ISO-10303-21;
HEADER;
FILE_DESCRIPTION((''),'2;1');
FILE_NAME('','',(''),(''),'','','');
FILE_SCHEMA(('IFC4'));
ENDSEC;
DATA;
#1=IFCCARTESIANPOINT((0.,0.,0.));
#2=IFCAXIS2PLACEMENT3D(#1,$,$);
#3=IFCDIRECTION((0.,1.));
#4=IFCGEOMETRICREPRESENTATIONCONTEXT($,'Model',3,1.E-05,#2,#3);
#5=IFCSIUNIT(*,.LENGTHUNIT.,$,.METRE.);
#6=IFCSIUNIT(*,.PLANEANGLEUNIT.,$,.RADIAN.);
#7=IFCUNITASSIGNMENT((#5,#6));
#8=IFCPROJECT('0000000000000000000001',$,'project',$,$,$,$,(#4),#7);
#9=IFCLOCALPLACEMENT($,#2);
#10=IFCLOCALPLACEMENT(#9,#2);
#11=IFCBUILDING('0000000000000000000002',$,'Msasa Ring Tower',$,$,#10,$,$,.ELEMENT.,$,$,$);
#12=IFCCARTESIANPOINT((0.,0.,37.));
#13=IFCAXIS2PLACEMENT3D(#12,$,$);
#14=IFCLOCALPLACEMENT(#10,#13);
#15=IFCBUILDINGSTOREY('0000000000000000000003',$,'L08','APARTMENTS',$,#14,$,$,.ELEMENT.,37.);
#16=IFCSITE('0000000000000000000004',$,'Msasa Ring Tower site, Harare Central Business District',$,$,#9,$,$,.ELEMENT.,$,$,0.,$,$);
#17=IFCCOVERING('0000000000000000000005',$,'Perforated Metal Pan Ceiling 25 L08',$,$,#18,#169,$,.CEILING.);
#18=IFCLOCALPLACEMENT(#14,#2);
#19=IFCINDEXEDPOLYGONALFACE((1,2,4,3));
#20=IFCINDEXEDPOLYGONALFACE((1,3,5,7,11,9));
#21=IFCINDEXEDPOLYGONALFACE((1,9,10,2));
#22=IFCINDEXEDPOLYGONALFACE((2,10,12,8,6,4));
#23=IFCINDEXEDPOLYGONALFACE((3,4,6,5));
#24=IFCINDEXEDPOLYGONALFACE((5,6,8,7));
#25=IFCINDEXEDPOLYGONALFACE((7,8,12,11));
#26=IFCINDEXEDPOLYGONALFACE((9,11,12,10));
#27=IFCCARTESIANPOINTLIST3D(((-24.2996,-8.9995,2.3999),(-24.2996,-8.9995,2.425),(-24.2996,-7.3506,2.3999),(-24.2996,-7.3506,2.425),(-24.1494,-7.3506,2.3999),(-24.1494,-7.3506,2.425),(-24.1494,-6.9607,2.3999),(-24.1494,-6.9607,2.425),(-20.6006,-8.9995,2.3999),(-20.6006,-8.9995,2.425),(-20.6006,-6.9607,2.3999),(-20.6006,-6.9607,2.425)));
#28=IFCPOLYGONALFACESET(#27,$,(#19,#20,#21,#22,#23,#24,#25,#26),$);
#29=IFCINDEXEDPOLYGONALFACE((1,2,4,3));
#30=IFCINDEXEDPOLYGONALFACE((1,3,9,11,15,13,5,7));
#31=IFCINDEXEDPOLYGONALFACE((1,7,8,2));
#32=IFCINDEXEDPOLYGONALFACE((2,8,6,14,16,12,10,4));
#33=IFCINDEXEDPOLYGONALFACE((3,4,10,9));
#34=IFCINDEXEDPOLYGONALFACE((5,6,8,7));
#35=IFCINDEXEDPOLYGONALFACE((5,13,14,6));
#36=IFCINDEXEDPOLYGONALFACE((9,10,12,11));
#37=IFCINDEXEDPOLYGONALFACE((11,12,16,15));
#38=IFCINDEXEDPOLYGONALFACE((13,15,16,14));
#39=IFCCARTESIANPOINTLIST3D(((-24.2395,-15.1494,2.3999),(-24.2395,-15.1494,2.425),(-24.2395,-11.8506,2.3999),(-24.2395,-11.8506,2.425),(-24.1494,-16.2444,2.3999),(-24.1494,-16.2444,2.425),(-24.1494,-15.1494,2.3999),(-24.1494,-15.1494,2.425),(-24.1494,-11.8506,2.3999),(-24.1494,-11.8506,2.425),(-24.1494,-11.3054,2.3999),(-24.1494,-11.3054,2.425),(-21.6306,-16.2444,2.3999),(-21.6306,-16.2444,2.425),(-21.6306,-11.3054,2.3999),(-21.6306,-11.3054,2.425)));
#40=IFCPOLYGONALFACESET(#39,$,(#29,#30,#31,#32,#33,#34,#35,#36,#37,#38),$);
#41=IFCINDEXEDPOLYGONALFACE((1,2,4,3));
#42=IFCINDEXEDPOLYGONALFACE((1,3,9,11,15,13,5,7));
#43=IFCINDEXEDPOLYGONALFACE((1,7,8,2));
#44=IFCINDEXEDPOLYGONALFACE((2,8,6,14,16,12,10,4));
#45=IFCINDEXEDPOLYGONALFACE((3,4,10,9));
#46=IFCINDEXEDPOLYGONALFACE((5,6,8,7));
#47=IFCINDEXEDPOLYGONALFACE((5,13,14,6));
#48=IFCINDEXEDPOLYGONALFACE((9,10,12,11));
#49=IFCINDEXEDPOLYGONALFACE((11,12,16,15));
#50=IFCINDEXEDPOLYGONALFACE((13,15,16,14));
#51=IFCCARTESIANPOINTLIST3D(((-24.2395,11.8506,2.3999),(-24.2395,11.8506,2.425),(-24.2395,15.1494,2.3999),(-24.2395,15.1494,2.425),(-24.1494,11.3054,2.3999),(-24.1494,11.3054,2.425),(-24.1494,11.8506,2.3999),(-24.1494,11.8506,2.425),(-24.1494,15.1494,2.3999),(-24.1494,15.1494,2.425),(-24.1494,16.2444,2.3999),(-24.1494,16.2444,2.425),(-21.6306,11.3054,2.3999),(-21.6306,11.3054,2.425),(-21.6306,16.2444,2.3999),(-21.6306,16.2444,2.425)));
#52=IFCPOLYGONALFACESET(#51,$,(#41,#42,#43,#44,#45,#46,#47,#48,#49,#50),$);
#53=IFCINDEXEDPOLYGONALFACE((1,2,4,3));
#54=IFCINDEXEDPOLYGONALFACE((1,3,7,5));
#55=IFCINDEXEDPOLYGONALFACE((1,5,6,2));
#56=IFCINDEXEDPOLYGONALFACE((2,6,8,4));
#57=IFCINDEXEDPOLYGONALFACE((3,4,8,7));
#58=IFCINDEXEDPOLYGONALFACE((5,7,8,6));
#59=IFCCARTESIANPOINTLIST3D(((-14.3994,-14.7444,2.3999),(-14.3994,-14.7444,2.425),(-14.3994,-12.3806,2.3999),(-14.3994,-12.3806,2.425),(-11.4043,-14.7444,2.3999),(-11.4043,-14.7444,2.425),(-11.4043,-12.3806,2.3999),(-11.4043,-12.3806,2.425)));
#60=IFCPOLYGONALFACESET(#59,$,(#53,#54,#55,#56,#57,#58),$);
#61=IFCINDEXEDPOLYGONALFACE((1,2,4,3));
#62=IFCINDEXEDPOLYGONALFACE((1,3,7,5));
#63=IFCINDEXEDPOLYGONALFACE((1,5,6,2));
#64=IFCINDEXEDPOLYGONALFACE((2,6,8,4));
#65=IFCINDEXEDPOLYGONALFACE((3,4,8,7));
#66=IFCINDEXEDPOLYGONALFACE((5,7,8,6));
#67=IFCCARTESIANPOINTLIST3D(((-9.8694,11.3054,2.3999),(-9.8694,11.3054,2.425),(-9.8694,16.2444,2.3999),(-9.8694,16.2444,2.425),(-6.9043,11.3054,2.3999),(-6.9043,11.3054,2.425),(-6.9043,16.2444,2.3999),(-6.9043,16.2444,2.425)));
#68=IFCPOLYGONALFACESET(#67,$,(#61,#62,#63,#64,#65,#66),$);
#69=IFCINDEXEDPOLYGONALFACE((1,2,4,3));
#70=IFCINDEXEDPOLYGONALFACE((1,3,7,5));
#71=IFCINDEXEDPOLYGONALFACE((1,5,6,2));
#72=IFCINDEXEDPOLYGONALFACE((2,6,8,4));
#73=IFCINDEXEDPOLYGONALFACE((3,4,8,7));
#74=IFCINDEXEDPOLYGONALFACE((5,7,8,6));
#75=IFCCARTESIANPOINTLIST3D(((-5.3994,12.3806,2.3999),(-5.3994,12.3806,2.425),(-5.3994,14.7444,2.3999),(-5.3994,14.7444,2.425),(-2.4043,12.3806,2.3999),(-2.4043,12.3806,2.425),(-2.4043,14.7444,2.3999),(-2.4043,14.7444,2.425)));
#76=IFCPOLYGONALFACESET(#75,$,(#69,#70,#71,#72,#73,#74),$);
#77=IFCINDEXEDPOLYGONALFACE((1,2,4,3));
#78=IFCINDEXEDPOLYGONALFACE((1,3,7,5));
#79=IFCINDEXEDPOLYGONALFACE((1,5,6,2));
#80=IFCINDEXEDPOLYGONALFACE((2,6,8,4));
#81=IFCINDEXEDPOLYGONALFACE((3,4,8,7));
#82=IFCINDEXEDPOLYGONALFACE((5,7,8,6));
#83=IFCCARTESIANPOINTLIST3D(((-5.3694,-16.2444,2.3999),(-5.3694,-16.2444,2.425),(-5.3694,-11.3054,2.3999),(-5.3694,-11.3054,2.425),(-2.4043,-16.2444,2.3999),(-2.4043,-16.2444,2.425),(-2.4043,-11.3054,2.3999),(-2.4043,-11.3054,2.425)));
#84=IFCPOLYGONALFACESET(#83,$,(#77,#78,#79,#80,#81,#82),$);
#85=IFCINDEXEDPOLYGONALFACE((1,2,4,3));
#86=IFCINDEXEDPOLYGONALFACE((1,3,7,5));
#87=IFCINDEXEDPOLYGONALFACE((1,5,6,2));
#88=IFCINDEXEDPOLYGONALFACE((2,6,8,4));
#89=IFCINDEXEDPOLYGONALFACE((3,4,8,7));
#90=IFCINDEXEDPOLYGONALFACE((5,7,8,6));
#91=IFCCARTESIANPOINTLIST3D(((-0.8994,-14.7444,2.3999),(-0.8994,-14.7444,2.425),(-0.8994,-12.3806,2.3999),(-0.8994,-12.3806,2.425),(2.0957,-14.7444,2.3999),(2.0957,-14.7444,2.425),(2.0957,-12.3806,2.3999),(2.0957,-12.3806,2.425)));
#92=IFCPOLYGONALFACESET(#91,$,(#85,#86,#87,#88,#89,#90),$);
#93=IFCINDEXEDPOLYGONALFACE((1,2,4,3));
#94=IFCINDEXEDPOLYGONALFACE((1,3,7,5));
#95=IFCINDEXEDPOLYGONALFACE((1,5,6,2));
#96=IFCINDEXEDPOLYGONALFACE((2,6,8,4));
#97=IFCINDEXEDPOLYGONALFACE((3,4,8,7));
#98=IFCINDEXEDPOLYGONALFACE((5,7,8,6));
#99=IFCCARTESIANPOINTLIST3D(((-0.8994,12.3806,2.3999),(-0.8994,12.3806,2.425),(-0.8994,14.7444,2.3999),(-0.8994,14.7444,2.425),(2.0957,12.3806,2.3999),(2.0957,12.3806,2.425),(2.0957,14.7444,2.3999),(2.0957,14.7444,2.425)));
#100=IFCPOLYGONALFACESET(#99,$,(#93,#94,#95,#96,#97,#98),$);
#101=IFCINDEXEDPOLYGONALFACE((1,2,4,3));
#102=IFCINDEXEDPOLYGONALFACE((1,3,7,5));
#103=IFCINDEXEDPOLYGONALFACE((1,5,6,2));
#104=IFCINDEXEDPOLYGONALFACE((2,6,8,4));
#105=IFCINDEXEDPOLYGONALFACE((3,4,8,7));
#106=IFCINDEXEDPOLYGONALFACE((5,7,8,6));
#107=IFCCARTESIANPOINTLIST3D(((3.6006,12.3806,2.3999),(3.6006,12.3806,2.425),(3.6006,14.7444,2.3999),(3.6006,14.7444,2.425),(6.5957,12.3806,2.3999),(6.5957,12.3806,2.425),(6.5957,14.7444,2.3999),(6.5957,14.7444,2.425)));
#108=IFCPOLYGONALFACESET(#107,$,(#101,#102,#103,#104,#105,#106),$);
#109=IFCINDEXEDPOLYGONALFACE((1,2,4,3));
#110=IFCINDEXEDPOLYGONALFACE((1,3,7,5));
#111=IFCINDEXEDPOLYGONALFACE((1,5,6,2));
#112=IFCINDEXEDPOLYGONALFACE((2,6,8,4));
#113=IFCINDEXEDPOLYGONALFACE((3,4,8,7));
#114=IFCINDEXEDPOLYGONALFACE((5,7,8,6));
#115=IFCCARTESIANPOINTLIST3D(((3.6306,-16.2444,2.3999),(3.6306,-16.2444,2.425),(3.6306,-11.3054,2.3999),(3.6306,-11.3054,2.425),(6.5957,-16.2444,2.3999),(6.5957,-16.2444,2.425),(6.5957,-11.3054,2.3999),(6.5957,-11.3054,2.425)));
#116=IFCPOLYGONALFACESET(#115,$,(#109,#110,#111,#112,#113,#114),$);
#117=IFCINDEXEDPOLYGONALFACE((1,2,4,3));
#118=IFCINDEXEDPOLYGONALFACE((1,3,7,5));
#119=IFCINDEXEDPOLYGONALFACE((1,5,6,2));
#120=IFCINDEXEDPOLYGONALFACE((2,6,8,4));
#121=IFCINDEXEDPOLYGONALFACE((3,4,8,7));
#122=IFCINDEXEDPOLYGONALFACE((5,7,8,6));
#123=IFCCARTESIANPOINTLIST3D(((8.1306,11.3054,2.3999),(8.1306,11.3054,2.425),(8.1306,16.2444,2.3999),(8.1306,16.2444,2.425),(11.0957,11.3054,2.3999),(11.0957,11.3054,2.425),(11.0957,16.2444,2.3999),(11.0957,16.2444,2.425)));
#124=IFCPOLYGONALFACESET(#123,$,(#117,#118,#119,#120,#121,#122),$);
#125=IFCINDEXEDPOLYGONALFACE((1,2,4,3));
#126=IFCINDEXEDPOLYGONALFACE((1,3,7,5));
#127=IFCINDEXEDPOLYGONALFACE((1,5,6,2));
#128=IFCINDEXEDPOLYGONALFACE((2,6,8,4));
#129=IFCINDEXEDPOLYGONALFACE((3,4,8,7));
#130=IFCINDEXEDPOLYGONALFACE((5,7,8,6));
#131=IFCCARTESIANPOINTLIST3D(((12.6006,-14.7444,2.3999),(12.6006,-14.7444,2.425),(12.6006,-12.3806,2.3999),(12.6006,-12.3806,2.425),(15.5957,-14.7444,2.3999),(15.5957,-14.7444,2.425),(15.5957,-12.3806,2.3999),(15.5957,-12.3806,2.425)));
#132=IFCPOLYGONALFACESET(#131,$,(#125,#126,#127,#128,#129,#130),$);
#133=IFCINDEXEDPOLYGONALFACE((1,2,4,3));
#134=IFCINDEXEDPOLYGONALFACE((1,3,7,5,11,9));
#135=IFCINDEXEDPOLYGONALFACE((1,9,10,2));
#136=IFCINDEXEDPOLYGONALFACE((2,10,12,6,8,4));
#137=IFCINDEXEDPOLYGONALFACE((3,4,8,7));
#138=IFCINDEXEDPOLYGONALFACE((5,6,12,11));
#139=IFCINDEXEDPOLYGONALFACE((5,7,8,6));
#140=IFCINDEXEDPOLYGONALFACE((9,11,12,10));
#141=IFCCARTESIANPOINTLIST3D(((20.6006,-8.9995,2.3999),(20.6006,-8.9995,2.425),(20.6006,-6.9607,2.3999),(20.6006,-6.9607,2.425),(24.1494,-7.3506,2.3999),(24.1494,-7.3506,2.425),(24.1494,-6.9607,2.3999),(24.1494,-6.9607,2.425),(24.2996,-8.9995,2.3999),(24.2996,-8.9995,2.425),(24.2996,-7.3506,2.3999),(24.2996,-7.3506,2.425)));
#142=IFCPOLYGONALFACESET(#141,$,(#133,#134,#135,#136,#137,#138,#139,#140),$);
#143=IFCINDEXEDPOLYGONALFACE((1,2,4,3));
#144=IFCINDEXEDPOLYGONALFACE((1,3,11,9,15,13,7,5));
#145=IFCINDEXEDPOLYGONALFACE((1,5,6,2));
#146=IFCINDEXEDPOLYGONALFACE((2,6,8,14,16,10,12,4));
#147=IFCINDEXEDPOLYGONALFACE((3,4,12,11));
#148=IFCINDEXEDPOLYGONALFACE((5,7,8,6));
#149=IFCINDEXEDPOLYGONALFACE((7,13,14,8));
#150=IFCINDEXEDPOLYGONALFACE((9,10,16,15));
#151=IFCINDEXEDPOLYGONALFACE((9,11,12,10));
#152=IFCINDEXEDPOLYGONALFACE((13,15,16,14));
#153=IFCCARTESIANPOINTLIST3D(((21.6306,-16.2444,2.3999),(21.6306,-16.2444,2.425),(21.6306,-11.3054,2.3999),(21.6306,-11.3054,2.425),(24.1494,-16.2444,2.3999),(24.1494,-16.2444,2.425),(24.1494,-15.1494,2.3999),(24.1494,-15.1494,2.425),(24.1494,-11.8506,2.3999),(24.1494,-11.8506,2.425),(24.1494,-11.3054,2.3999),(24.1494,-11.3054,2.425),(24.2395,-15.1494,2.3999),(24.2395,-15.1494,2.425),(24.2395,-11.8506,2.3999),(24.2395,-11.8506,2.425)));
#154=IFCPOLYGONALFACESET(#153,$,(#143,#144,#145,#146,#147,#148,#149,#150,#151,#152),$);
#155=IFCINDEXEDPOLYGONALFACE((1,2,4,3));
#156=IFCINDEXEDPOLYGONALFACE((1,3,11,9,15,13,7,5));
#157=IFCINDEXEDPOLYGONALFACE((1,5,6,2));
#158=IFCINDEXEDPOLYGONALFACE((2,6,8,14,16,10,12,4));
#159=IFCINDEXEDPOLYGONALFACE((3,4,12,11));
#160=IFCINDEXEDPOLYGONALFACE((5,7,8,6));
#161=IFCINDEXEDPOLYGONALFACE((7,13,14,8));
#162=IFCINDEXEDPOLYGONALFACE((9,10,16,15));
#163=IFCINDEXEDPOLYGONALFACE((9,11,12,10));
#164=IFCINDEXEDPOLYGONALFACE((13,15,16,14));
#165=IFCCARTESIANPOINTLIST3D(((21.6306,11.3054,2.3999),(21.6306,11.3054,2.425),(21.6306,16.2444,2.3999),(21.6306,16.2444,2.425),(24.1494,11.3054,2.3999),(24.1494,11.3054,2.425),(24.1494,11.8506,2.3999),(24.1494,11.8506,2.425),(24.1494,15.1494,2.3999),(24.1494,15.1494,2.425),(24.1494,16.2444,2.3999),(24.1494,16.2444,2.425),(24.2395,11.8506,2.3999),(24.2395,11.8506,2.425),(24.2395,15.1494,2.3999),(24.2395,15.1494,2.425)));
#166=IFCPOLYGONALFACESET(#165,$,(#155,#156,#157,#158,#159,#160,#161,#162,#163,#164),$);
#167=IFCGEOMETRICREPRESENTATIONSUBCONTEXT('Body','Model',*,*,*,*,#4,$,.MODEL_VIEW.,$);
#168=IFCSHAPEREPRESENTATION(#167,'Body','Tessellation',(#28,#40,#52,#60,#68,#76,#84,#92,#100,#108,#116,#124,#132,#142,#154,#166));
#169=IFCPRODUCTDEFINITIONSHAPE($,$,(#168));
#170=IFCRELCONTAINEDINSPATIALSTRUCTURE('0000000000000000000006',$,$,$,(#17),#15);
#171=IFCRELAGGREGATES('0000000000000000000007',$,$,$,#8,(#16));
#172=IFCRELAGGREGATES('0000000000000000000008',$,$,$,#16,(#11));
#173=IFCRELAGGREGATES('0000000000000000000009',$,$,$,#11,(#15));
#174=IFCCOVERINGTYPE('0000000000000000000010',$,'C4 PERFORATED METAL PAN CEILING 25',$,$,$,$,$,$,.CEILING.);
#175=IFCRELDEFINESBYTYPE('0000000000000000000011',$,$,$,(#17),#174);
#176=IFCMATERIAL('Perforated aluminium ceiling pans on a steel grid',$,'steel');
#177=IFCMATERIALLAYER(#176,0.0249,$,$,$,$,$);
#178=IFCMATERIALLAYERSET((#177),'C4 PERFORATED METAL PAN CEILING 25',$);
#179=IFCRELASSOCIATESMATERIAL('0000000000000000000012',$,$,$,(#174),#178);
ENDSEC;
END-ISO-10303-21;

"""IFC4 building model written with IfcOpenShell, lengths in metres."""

from ifc_helpers import new_model, si_unit, direction, frame, origin, place, context, subcontext, project, spatial, line, indexed_curve, outline, extrude, material, layer, layer_set, type_object, element, save


model = new_model("IFC4")

# Units and contexts
model_context = context("Model", 3, precision=1e-05, world=origin(), true_north=direction((0.0, 1.0)))
body_context = subcontext(model_context, "Body", "Model", "MODEL_VIEW")
ifc_project = project(units=[si_unit("LENGTHUNIT", "METRE"), si_unit("PLANEANGLEUNIT", "RADIAN")], contexts=[model_context])

# Site, building, storey
site_placement = place(None, origin())
site = spatial("IfcSite", under=ifc_project, at=site_placement, Name="Msasa Ring Tower site, Harare Central Business District", CompositionType="ELEMENT", RefElevation=0.0)
building_placement = place(site_placement, origin())
building = spatial("IfcBuilding", under=site, at=building_placement, Name="Msasa Ring Tower", CompositionType="ELEMENT")
storey_placement = place(building_placement, frame((0.0, 0.0, 37.0)))
storey = spatial("IfcBuildingStorey", under=building, at=storey_placement, Name="L08", Description="APARTMENTS", CompositionType="ELEMENT", Elevation=37.0)

# Covering
ifc_material_1 = material(Name="Perforated aluminium ceiling pans on a steel grid", Category="steel")
ifc_layer_1 = layer(ifc_material_1, 0.0249)
ifc_layer_set_1 = layer_set([ifc_layer_1], Name="C4 PERFORATED METAL PAN CEILING 25")
covering_type_1 = type_object("IfcCoveringType", Name="C4 PERFORATED METAL PAN CEILING 25", PredefinedType="CEILING", material=ifc_layer_set_1)
covering_1_placement = place(storey_placement, frame((0.0, 0.0, 2.3999)))
element("IfcCovering", 1, at=covering_1_placement, inside=storey, type_object=covering_type_1, Name="Perforated Metal Pan Ceiling 25 L08", PredefinedType="CEILING", context=body_context, shape_type="SweptSolid", body=[
    extrude(outline(indexed_curve([(-20.6006, -8.9995), (-24.2996, -8.9995), (-24.2996, -7.3506), (-24.1494, -7.3506), (-24.1494, -6.9607), (-20.6006, -6.9607)], segments=[line(1, 2, 3, 4, 5, 6, 1)], self_intersect=False)), origin(), (0.0, 0.0, 1.0), 0.0251),
    extrude(outline(indexed_curve([(-24.2395, -11.8506), (-24.1494, -11.8506), (-24.1494, -11.3054), (-21.6306, -11.3054), (-21.6306, -16.2444), (-24.1494, -16.2444), (-24.1494, -15.1494), (-24.2395, -15.1494)], segments=[line(1, 2, 3, 4, 5, 6, 7, 8, 1)], self_intersect=False)), origin(), (0.0, 0.0, 1.0), 0.0251),
    extrude(outline(indexed_curve([(-24.2395, 15.1494), (-24.1494, 15.1494), (-24.1494, 16.2444), (-21.6306, 16.2444), (-21.6306, 11.3054), (-24.1494, 11.3054), (-24.1494, 11.8506), (-24.2395, 11.8506)], segments=[line(1, 2, 3, 4, 5, 6, 7, 8, 1)], self_intersect=False)), origin(), (0.0, 0.0, 1.0), 0.0251),
    extrude(outline(indexed_curve([(-14.3994, -12.3806), (-11.4043, -12.3806), (-11.4043, -14.7444), (-14.3994, -14.7444)], segments=[line(1, 2, 3, 4, 1)], self_intersect=False)), origin(), (0.0, 0.0, 1.0), 0.0251),
    extrude(outline(indexed_curve([(-9.8694, 16.2444), (-6.9043, 16.2444), (-6.9043, 11.3054), (-9.8694, 11.3054)], segments=[line(1, 2, 3, 4, 1)], self_intersect=False)), origin(), (0.0, 0.0, 1.0), 0.0251),
    extrude(outline(indexed_curve([(-5.3994, 14.7444), (-2.4043, 14.7444), (-2.4043, 12.3806), (-5.3994, 12.3806)], segments=[line(1, 2, 3, 4, 1)], self_intersect=False)), origin(), (0.0, 0.0, 1.0), 0.0251),
    extrude(outline(indexed_curve([(-5.3694, -11.3054), (-2.4043, -11.3054), (-2.4043, -16.2444), (-5.3694, -16.2444)], segments=[line(1, 2, 3, 4, 1)], self_intersect=False)), origin(), (0.0, 0.0, 1.0), 0.0251),
    extrude(outline(indexed_curve([(-0.8994, -12.3806), (2.0957, -12.3806), (2.0957, -14.7444), (-0.8994, -14.7444)], segments=[line(1, 2, 3, 4, 1)], self_intersect=False)), origin(), (0.0, 0.0, 1.0), 0.0251),
    extrude(outline(indexed_curve([(-0.8994, 14.7444), (2.0957, 14.7444), (2.0957, 12.3806), (-0.8994, 12.3806)], segments=[line(1, 2, 3, 4, 1)], self_intersect=False)), origin(), (0.0, 0.0, 1.0), 0.0251),
    extrude(outline(indexed_curve([(3.6006, 14.7444), (6.5957, 14.7444), (6.5957, 12.3806), (3.6006, 12.3806)], segments=[line(1, 2, 3, 4, 1)], self_intersect=False)), origin(), (0.0, 0.0, 1.0), 0.0251),
    extrude(outline(indexed_curve([(3.6306, -11.3054), (6.5957, -11.3054), (6.5957, -16.2444), (3.6306, -16.2444)], segments=[line(1, 2, 3, 4, 1)], self_intersect=False)), origin(), (0.0, 0.0, 1.0), 0.0251),
    extrude(outline(indexed_curve([(8.1306, 16.2444), (11.0957, 16.2444), (11.0957, 11.3054), (8.1306, 11.3054)], segments=[line(1, 2, 3, 4, 1)], self_intersect=False)), origin(), (0.0, 0.0, 1.0), 0.0251),
    extrude(outline(indexed_curve([(12.6006, -12.3806), (15.5957, -12.3806), (15.5957, -14.7444), (12.6006, -14.7444)], segments=[line(1, 2, 3, 4, 1)], self_intersect=False)), origin(), (0.0, 0.0, 1.0), 0.0251),
    extrude(outline(indexed_curve([(20.6006, -8.9995), (20.6006, -6.9607), (24.1494, -6.9607), (24.1494, -7.3506), (24.2996, -7.3506), (24.2996, -8.9995)], segments=[line(1, 2, 3, 4, 5, 6, 1)], self_intersect=False)), origin(), (0.0, 0.0, 1.0), 0.0251),
    extrude(outline(indexed_curve([(21.6306, -11.3054), (24.1494, -11.3054), (24.1494, -11.8506), (24.2395, -11.8506), (24.2395, -15.1494), (24.1494, -15.1494), (24.1494, -16.2444), (21.6306, -16.2444)], segments=[line(1, 2, 3, 4, 5, 6, 7, 8, 1)], self_intersect=False)), origin(), (0.0, 0.0, 1.0), 0.0251),
    extrude(outline(indexed_curve([(21.6306, 16.2444), (24.1494, 16.2444), (24.1494, 15.1494), (24.2395, 15.1494), (24.2395, 11.8506), (24.1494, 11.8506), (24.1494, 11.3054), (21.6306, 11.3054)], segments=[line(1, 2, 3, 4, 5, 6, 7, 8, 1)], self_intersect=False)), origin(), (0.0, 0.0, 1.0), 0.0251),
])

save(model, "model.ifc")
